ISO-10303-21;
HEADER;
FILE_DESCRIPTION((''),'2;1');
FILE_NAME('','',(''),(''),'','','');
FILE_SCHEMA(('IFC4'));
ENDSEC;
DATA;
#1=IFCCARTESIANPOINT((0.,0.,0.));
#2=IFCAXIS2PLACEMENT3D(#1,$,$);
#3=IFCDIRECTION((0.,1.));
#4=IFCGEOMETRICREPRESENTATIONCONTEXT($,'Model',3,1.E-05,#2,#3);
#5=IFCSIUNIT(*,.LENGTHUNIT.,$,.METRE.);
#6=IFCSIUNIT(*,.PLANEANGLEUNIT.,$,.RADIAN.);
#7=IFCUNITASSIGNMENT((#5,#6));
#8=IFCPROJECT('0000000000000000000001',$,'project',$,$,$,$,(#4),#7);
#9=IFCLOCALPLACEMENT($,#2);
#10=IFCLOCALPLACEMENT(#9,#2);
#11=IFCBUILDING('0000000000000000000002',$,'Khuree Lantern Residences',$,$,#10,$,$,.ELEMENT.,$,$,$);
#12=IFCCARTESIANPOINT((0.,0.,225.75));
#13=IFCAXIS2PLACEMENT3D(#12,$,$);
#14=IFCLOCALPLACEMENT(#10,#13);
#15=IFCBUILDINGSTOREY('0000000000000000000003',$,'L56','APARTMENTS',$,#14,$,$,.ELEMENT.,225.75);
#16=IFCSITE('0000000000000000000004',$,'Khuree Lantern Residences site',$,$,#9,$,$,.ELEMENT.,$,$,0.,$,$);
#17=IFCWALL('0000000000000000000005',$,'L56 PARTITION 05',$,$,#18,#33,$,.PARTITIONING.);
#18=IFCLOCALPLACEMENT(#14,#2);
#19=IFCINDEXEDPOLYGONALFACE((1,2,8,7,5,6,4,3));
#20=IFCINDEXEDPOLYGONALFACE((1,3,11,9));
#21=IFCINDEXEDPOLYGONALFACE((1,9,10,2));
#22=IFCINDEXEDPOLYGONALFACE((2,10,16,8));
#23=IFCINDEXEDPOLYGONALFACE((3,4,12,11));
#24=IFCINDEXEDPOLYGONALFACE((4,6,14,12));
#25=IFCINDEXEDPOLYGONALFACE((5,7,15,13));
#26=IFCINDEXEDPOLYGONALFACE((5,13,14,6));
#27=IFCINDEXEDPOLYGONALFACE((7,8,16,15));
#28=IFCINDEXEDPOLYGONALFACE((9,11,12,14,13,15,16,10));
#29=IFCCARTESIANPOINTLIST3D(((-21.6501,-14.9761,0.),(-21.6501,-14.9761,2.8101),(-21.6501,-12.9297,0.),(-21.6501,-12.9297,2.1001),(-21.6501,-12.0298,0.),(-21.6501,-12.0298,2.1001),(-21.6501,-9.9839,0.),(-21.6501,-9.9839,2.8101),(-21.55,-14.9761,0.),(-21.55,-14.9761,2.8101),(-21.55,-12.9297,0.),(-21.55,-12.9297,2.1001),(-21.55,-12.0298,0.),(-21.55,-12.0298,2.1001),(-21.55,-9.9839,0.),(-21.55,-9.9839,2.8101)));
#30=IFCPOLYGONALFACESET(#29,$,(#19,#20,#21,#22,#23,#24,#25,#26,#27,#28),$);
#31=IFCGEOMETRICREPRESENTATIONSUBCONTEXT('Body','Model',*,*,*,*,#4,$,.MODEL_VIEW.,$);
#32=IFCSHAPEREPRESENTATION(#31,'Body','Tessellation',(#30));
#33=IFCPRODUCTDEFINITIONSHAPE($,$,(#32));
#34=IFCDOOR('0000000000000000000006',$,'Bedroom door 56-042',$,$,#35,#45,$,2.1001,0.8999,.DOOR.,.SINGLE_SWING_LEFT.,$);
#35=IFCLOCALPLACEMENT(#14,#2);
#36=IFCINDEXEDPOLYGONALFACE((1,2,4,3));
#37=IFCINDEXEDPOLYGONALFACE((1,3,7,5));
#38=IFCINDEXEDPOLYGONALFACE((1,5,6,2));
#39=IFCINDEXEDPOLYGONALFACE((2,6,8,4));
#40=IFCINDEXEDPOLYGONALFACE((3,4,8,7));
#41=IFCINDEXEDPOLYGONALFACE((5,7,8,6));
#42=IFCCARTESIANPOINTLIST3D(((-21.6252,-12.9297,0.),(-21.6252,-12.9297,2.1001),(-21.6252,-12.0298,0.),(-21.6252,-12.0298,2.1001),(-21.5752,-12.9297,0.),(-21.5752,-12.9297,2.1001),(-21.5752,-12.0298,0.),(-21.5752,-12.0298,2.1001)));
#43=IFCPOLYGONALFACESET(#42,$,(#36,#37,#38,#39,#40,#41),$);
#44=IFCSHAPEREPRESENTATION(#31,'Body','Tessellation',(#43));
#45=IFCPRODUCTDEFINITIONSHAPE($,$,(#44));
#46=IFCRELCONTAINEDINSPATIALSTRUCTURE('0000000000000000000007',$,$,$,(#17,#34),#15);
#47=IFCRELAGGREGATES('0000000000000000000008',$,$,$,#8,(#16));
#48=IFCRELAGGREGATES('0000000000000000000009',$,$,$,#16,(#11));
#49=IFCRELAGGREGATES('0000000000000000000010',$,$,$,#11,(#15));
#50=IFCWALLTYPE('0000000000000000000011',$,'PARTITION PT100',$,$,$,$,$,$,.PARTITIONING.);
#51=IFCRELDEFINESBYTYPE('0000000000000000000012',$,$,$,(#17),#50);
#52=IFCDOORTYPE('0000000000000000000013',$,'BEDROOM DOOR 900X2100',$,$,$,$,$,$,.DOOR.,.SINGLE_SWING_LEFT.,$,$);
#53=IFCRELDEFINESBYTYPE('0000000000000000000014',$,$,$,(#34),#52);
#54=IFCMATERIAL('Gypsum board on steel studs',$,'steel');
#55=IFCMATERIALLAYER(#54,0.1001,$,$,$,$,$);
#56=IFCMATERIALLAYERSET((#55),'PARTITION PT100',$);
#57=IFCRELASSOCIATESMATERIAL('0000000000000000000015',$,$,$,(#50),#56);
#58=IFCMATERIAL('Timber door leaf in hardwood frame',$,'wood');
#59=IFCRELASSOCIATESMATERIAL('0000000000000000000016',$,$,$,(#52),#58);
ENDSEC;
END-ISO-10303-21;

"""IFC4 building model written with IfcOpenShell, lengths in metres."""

from ifc_helpers import new_model, si_unit, direction, frame, frame_2d, origin, place, context, subcontext, project, spatial, rectangle, extrude, material, layer, layer_set, type_object, element, fill, save


model = new_model("IFC4")

# Units and contexts
model_context = context("Model", 3, precision=1e-05, world=origin(), true_north=direction((0.0, 1.0)))
body_context = subcontext(model_context, "Body", "Model", "MODEL_VIEW")
ifc_project = project(units=[si_unit("LENGTHUNIT", "METRE"), si_unit("PLANEANGLEUNIT", "RADIAN")], contexts=[model_context])

# Site, building, storey
site_placement = place(None, origin())
site = spatial("IfcSite", under=ifc_project, at=site_placement, Name="Khuree Lantern Residences site", CompositionType="ELEMENT", RefElevation=0.0)
building_placement = place(site_placement, origin())
building = spatial("IfcBuilding", under=site, at=building_placement, Name="Khuree Lantern Residences", CompositionType="ELEMENT")
storey_placement = place(building_placement, frame((0.0, 0.0, 225.75)))
storey = spatial("IfcBuildingStorey", under=building, at=storey_placement, Name="L56", Description="APARTMENTS", CompositionType="ELEMENT", Elevation=225.75)

# Shared definitions
ifc_material_1 = material(Name="Timber door leaf in hardwood frame", Category="wood")

# Shared definitions
ifc_material_2 = material(Name="Gypsum board on steel studs", Category="steel")
ifc_layer_1 = layer(ifc_material_2, 0.1001)
ifc_layer_set_1 = layer_set([ifc_layer_1], Name="PARTITION PT100")
wall_type_1 = type_object("IfcWallType", Name="PARTITION PT100", PredefinedType="PARTITIONING", material=ifc_layer_set_1)

# Wall, opening, door
wall_1_placement = place(storey_placement, frame((-21.6001, -9.9839, 0.0), z_axis=(0.0, 0.0, 1.0), x_axis=(0.0, -1.0, 0.0)))
wall_1 = element("IfcWall", 1, at=wall_1_placement, inside=storey, type_object=wall_type_1, Name="L56 PARTITION 05", PredefinedType="PARTITIONING", context=body_context, shape_type="SweptSolid", body=[
    extrude(rectangle(XDim=4.9922, YDim=0.1001, at=frame_2d((2.4961, 0.0))), origin(), (0.0, 0.0, 1.0), 2.8101),
])
opening_1_placement = place(wall_1_placement, frame((2.0459, 0.0, 0.0)))
opening_1 = element("IfcOpeningElement", 2, at=opening_1_placement, cuts=wall_1, PredefinedType="OPENING", context=body_context, shape_type="SweptSolid", body=[
    extrude(rectangle(XDim=0.8999, YDim=2.1001, at=frame_2d((0.45, 1.05))), frame((0.0, 0.0601, 0.0), z_axis=(0.0, -1.0, 0.0), x_axis=(1.0, 0.0, 0.0)), (0.0, 0.0, 1.0), 0.1201),
])
door_type_1 = type_object("IfcDoorType", Name="BEDROOM DOOR 900X2100", OperationType="SINGLE_SWING_LEFT", PredefinedType="DOOR", material=ifc_material_1)
door_1_placement = place(opening_1_placement, origin())
door_1 = element("IfcDoor", 3, at=door_1_placement, inside=storey, type_object=door_type_1, Name="Bedroom door 56-042", OperationType="SINGLE_SWING_LEFT", OverallHeight=2.1001, OverallWidth=0.8999, PredefinedType="DOOR", context=body_context, shape_type="SweptSolid", body=[
    extrude(rectangle(XDim=0.8999, YDim=2.1001, at=frame_2d((0.45, 1.05))), frame((0.0, 0.0249, 0.0), z_axis=(0.0, -1.0, 0.0), x_axis=(1.0, 0.0, 0.0)), (0.0, 0.0, 1.0), 0.05),
])
fill(opening_1, door_1)

save(model, "model.ifc")
